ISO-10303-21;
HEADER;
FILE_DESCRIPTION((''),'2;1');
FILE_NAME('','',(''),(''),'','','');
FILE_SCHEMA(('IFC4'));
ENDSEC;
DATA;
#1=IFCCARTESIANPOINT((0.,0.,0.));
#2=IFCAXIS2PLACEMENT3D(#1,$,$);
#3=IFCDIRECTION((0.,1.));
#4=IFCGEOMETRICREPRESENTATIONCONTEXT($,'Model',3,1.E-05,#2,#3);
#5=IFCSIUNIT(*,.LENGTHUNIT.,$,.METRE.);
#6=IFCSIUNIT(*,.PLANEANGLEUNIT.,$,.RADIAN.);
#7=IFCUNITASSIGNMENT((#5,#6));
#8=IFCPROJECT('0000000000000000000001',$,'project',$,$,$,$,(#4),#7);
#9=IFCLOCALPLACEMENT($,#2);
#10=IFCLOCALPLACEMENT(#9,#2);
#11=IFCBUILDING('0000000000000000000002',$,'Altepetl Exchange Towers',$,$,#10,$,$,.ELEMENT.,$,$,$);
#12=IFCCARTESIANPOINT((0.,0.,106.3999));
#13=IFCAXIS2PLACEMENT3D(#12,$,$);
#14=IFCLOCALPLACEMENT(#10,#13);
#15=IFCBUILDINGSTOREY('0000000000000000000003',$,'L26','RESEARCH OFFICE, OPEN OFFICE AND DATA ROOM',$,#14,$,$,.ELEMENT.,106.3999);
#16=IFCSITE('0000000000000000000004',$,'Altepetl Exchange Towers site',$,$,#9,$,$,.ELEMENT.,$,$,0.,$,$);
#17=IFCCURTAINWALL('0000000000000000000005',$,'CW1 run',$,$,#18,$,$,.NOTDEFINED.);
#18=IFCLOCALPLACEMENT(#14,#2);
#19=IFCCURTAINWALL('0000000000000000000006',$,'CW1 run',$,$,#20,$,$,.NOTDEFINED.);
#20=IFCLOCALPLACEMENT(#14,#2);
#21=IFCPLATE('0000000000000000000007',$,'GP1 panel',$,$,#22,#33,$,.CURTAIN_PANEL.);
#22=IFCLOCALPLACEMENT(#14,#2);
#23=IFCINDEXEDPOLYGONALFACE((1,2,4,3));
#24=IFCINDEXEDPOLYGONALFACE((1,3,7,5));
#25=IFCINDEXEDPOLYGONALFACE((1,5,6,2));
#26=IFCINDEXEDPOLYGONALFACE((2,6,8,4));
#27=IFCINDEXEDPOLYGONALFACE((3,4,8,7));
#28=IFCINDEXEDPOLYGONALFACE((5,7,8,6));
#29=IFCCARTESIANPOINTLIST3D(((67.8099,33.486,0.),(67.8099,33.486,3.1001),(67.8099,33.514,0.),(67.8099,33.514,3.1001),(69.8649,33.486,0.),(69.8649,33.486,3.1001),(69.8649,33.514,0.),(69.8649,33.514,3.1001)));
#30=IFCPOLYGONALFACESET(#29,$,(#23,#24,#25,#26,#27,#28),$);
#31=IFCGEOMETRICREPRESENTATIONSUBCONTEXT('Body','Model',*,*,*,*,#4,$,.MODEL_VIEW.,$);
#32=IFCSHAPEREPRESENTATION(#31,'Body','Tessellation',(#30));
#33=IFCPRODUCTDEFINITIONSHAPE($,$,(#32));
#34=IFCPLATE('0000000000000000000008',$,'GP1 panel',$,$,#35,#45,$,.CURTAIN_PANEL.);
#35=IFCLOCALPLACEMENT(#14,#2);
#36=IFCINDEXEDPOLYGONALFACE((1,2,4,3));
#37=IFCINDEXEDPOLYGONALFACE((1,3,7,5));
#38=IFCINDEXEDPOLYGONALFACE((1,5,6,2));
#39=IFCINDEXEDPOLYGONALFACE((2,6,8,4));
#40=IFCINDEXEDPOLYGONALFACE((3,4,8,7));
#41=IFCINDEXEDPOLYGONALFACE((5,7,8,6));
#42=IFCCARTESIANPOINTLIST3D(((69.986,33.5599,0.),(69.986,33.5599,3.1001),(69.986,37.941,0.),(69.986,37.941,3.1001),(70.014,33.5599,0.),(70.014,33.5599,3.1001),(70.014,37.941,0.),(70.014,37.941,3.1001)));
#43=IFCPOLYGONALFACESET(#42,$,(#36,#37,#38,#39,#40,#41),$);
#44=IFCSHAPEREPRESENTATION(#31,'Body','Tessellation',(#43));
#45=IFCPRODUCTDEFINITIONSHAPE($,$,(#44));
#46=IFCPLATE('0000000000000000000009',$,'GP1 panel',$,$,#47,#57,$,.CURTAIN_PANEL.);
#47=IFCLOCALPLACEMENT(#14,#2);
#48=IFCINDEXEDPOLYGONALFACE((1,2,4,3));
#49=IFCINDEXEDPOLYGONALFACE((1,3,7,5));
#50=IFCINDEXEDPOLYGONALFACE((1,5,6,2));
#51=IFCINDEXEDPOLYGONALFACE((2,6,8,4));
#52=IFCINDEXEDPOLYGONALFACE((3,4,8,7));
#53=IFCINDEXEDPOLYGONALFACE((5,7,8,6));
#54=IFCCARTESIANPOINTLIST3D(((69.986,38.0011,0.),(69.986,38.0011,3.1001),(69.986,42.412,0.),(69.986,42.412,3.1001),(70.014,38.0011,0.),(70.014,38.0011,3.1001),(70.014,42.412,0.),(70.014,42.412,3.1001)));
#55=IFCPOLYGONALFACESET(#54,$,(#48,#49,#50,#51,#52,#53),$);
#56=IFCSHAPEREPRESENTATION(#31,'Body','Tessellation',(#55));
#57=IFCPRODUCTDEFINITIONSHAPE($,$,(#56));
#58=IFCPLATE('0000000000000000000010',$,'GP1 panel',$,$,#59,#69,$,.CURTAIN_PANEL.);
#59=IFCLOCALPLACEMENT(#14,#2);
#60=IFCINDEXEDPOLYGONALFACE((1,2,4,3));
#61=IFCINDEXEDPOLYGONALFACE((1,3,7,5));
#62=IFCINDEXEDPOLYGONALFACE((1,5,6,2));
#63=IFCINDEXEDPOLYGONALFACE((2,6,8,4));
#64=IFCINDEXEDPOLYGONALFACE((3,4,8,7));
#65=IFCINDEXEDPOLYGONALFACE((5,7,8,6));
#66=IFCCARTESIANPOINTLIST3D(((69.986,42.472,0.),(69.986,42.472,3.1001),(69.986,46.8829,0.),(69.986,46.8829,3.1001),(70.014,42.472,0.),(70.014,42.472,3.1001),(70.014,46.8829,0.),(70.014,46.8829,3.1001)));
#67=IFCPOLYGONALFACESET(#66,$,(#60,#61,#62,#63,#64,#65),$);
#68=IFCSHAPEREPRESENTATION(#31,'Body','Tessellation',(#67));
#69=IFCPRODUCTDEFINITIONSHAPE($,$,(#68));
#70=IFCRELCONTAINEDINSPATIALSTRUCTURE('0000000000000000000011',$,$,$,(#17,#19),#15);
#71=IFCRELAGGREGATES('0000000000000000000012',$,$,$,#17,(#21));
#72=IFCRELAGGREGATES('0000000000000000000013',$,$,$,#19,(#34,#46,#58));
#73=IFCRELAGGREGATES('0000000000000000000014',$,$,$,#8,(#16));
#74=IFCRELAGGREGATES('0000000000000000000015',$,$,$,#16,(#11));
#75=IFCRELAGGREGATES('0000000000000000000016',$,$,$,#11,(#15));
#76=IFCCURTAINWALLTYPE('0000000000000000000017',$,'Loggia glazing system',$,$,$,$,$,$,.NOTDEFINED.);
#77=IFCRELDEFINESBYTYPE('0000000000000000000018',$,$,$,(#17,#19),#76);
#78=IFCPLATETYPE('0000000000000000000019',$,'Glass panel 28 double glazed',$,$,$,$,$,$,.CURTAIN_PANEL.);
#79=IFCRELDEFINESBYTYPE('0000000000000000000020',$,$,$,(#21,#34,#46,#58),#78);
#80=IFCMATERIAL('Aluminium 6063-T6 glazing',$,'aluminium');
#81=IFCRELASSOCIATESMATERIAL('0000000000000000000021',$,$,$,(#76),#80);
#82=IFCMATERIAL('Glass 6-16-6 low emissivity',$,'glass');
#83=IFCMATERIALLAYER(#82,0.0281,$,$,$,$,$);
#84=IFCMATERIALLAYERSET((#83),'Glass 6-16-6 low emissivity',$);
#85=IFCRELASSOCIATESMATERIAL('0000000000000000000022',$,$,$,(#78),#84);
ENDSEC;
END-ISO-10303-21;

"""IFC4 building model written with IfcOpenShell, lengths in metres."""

from ifc_helpers import new_model, si_unit, direction, frame, origin, origin_2d, place, context, subcontext, project, spatial, rectangle, extrude, material, layer, layer_set, type_object, element, aggregate, save


model = new_model("IFC4")

# Units and contexts
model_context = context("Model", 3, precision=1e-05, world=origin(), true_north=direction((0.0, 1.0)))
body_context = subcontext(model_context, "Body", "Model", "MODEL_VIEW")
ifc_project = project(units=[si_unit("LENGTHUNIT", "METRE"), si_unit("PLANEANGLEUNIT", "RADIAN")], contexts=[model_context])

# Site, building, storey
site_placement = place(None, origin())
site = spatial("IfcSite", under=ifc_project, at=site_placement, Name="Altepetl Exchange Towers site", CompositionType="ELEMENT", RefElevation=0.0)
building_placement = place(site_placement, origin())
building = spatial("IfcBuilding", under=site, at=building_placement, Name="Altepetl Exchange Towers", CompositionType="ELEMENT")
storey_placement = place(building_placement, frame((0.0, 0.0, 106.3999)))
storey = spatial("IfcBuildingStorey", under=building, at=storey_placement, Name="L26", Description="RESEARCH OFFICE, OPEN OFFICE AND DATA ROOM", CompositionType="ELEMENT", Elevation=106.3999)

# Curtain walls
ifc_material_1 = material(Name="Aluminium 6063-T6 glazing", Category="aluminium")
curtain_wall_type = type_object("IfcCurtainWallType", Name="Loggia glazing system", PredefinedType="NOTDEFINED", material=ifc_material_1)
curtain_wall_1_placement = place(storey_placement, origin())
curtain_wall_1 = element("IfcCurtainWall", 1, at=curtain_wall_1_placement, inside=storey, type_object=curtain_wall_type, Name="CW1 run", PredefinedType="NOTDEFINED")
curtain_wall_2_placement = place(storey_placement, origin())
curtain_wall_2 = element("IfcCurtainWall", 2, at=curtain_wall_2_placement, inside=storey, type_object=curtain_wall_type, Name="CW1 run", PredefinedType="NOTDEFINED")

# Plates
ifc_material_2 = material(Name="Glass 6-16-6 low emissivity", Category="glass")
ifc_layer = layer(ifc_material_2, 0.0281)
ifc_layer_set = layer_set([ifc_layer], Name="Glass 6-16-6 low emissivity")
plate_type = type_object("IfcPlateType", Name="Glass panel 28 double glazed", PredefinedType="CURTAIN_PANEL", material=ifc_layer_set)
plate_1_placement = place(storey_placement, frame((68.8374, 33.5, 0.0)))
plate_1 = element("IfcPlate", 3, at=plate_1_placement, type_object=plate_type, Name="GP1 panel", PredefinedType="CURTAIN_PANEL", context=body_context, shape_type="SweptSolid", body=[
    extrude(rectangle(XDim=2.0549, YDim=0.0281, at=origin_2d()), origin(), (0.0, 0.0, 1.0), 3.1001),
])
aggregate(curtain_wall_1, [plate_1])
plate_2_placement = place(storey_placement, frame((70.0, 35.7505, 0.0), z_axis=(0.0, 0.0, 1.0), x_axis=(0.0, 1.0, 0.0)))
plate_2 = element("IfcPlate", 4, at=plate_2_placement, type_object=plate_type, Name="GP1 panel", PredefinedType="CURTAIN_PANEL", context=body_context, shape_type="SweptSolid", body=[
    extrude(rectangle(XDim=4.3811, YDim=0.0281, at=origin_2d()), origin(), (0.0, 0.0, 1.0), 3.1001),
])
plate_3_placement = place(storey_placement, frame((70.0, 40.2065, 0.0), z_axis=(0.0, 0.0, 1.0), x_axis=(0.0, 1.0, 0.0)))
plate_3 = element("IfcPlate", 5, at=plate_3_placement, type_object=plate_type, Name="GP1 panel", PredefinedType="CURTAIN_PANEL", context=body_context, shape_type="SweptSolid", body=[
    extrude(rectangle(XDim=4.4109, YDim=0.0281, at=origin_2d()), origin(), (0.0, 0.0, 1.0), 3.1001),
])
plate_4_placement = place(storey_placement, frame((70.0, 44.6775, 0.0), z_axis=(0.0, 0.0, 1.0), x_axis=(0.0, 1.0, 0.0)))
plate_4 = element("IfcPlate", 6, at=plate_4_placement, type_object=plate_type, Name="GP1 panel", PredefinedType="CURTAIN_PANEL", context=body_context, shape_type="SweptSolid", body=[
    extrude(rectangle(XDim=4.4109, YDim=0.0281, at=origin_2d()), origin(), (0.0, 0.0, 1.0), 3.1001),
])
aggregate(curtain_wall_2, [plate_2, plate_3, plate_4])

save(model, "model.ifc")
